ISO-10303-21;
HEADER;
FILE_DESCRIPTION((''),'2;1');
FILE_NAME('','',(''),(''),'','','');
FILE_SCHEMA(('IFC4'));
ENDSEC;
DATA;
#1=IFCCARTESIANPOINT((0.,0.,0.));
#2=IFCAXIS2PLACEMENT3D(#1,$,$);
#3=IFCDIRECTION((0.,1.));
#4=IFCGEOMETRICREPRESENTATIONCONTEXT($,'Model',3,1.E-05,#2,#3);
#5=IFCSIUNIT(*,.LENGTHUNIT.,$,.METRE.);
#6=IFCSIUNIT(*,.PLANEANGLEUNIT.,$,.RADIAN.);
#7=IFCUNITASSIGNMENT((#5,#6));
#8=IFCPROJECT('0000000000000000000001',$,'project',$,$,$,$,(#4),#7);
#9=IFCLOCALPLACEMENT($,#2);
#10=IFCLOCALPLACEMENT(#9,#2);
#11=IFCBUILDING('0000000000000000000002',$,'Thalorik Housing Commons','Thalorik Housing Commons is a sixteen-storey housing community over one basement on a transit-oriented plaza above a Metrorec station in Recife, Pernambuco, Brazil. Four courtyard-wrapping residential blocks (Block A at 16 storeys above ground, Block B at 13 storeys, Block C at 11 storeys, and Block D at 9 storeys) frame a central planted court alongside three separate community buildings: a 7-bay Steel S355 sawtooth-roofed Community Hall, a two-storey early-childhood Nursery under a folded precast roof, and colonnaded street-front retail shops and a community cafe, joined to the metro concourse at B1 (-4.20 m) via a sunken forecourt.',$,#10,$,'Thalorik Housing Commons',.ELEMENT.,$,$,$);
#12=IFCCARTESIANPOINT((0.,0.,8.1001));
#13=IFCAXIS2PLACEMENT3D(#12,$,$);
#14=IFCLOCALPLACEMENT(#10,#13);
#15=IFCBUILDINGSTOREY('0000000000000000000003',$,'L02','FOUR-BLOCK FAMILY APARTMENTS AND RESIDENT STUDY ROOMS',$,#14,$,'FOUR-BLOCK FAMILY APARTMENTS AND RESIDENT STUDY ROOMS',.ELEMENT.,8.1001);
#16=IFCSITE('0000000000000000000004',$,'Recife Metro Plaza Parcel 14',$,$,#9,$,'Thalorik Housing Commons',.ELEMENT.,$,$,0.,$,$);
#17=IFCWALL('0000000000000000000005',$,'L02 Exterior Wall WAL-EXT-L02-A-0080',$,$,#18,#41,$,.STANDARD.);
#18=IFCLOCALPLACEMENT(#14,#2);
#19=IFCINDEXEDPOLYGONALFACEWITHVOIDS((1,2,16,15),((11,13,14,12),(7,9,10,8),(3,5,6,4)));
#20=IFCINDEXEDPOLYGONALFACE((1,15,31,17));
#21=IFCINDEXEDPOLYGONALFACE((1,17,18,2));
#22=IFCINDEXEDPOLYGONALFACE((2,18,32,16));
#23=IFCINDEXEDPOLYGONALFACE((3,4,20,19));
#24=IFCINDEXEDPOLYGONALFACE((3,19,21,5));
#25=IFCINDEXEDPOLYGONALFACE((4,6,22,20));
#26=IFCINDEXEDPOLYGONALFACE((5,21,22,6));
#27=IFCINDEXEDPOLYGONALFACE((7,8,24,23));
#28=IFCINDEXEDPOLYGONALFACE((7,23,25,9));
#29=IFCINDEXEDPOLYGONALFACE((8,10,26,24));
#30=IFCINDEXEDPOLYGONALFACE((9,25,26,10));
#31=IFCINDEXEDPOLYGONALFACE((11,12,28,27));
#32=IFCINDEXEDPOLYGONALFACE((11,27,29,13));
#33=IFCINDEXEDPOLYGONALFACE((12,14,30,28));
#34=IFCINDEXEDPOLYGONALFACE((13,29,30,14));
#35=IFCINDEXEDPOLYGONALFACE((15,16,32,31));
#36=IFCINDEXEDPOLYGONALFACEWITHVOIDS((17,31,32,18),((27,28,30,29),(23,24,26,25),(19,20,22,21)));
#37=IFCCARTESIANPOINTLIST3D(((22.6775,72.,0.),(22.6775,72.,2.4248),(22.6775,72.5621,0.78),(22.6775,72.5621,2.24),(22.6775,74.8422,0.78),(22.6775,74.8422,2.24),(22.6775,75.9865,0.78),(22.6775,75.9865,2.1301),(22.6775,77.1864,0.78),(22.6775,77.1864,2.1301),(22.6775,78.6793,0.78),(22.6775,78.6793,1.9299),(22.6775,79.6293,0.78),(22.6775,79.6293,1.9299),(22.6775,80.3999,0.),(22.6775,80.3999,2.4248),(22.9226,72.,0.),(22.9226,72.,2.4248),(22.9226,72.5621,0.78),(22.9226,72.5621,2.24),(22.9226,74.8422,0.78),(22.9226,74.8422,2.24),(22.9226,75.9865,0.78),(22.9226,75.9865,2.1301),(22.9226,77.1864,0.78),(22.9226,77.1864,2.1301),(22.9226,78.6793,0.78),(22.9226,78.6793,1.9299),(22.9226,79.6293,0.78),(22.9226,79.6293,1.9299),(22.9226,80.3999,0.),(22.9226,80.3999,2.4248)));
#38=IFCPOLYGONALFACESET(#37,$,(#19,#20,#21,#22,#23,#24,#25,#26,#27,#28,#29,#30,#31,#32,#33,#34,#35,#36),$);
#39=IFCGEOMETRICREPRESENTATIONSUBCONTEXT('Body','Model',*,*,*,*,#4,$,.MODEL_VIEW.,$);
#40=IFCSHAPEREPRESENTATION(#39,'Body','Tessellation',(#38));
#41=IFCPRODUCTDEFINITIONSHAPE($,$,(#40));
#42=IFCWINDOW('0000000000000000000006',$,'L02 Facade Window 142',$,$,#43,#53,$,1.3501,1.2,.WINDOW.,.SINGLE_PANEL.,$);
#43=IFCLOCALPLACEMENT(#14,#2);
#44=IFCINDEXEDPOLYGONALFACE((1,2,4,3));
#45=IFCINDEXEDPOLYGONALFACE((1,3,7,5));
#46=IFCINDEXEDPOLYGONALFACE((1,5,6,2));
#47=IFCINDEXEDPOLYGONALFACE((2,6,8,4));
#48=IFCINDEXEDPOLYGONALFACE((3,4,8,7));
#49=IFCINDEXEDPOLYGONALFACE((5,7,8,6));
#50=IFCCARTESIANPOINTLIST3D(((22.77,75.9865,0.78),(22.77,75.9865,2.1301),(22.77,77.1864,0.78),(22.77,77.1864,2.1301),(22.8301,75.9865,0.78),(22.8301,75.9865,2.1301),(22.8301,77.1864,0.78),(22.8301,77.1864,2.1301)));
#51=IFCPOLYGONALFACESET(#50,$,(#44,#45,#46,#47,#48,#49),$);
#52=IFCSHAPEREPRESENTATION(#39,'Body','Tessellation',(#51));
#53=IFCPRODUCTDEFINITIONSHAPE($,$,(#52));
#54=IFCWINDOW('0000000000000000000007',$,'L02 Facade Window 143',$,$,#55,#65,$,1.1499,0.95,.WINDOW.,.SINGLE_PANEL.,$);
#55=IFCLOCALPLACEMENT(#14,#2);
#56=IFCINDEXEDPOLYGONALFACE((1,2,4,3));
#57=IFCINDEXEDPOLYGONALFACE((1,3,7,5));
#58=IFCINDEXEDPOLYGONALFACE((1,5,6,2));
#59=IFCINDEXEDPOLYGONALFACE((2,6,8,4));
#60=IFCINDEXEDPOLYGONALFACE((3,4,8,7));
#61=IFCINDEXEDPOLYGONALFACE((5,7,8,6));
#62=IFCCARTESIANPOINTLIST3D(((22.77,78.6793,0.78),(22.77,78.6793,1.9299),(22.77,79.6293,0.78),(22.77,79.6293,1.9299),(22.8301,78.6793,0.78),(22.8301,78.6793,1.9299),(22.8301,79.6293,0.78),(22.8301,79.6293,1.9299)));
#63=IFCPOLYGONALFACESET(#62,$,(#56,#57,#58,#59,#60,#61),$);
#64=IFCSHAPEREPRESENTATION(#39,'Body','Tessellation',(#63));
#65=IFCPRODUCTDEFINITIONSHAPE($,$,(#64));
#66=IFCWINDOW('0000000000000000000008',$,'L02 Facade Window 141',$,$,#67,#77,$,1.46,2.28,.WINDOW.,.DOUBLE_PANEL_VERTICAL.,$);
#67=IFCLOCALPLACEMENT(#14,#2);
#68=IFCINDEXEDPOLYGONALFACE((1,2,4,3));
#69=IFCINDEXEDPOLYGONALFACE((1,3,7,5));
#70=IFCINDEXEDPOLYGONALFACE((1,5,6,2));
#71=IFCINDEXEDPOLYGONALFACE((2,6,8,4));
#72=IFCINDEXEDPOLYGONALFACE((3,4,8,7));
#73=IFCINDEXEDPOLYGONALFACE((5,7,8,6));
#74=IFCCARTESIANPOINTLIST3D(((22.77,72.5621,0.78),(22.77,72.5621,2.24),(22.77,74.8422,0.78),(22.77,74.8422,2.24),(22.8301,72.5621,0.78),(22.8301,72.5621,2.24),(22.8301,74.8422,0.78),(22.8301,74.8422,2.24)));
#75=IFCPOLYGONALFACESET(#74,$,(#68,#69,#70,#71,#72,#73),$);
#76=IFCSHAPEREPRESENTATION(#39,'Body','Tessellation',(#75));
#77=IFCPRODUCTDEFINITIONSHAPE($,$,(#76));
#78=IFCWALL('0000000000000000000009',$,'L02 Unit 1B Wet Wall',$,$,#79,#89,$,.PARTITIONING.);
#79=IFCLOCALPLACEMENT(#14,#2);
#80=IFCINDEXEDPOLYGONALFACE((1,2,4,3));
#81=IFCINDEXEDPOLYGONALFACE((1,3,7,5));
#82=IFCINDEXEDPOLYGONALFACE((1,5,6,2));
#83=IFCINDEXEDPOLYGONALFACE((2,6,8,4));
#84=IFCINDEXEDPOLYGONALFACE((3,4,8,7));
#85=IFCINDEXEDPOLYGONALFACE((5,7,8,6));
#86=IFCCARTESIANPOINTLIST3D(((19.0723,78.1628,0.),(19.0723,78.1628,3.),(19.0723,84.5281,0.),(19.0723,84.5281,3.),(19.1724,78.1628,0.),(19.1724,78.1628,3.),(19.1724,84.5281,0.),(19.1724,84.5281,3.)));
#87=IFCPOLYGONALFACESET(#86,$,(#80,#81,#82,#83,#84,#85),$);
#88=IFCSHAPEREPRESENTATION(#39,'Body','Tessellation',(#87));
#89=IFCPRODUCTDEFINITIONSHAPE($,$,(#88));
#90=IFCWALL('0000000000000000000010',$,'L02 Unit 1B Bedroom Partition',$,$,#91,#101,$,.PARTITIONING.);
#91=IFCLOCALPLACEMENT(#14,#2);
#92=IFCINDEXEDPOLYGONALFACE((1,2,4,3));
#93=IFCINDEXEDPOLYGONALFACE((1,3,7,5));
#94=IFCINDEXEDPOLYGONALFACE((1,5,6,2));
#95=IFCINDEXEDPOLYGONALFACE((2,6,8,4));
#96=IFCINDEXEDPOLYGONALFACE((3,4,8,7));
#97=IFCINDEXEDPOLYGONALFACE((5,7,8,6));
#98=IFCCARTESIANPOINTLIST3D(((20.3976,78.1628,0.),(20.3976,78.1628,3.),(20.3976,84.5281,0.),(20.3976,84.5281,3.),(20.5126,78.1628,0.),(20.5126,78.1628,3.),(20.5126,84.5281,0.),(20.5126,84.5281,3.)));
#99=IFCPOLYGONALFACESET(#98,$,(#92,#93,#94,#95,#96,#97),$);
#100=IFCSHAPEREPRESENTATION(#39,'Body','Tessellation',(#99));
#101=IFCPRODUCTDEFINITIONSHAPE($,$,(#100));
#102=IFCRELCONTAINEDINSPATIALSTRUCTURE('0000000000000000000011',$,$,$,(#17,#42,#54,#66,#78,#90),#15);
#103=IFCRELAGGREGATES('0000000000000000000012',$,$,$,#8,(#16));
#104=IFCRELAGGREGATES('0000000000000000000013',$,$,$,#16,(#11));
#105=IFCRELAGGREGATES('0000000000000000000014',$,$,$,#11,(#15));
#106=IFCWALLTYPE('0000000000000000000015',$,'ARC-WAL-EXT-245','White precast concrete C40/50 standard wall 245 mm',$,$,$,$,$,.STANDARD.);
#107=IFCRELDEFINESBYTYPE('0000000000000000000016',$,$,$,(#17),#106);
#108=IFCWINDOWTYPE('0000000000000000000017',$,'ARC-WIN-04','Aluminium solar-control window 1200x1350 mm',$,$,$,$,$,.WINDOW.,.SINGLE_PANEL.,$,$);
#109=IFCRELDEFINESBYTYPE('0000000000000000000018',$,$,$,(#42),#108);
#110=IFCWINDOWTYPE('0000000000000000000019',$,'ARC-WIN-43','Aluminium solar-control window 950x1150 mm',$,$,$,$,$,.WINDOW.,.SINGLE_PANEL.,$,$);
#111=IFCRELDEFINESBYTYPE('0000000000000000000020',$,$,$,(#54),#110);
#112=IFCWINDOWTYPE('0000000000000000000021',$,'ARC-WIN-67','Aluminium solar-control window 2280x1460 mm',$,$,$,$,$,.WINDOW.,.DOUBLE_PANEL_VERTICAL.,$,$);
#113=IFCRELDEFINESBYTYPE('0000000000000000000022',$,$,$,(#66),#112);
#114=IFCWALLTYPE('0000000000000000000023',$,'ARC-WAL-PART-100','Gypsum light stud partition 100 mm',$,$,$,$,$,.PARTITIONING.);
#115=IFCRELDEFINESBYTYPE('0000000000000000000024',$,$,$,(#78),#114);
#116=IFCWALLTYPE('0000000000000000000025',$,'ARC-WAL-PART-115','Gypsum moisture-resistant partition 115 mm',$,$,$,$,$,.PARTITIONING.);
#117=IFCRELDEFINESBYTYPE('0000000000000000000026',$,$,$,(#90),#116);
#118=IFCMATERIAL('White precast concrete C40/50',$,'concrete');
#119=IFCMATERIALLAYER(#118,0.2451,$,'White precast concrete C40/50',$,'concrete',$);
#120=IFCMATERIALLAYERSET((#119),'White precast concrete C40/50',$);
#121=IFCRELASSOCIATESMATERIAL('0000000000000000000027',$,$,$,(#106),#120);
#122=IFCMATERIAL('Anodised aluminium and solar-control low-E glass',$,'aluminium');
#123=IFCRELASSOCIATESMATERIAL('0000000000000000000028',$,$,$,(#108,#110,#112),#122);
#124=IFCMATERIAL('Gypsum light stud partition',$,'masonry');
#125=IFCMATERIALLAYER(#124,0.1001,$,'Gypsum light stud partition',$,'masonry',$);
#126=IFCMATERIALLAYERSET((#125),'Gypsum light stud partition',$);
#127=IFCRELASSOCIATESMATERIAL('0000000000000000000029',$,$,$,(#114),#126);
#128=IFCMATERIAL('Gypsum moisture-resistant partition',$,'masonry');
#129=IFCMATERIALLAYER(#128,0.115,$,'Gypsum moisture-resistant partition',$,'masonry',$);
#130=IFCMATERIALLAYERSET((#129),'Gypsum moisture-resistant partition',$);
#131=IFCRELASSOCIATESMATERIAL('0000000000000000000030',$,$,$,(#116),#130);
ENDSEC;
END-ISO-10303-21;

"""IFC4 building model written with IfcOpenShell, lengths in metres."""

from ifc_helpers import new_model, si_unit, direction, frame, frame_2d, origin, place, context, subcontext, project, spatial, rectangle, extrude, material, layer, layer_set, type_object, element, fill, save


model = new_model("IFC4")

# Units and contexts
model_context = context("Model", 3, precision=1e-05, world=origin(), true_north=direction((0.0, 1.0)))
body_context = subcontext(model_context, "Body", "Model", "MODEL_VIEW")
ifc_project = project(units=[si_unit("LENGTHUNIT", "METRE"), si_unit("PLANEANGLEUNIT", "RADIAN")], contexts=[model_context])

# Site, building, storey
site_placement = place(None, origin())
site = spatial("IfcSite", under=ifc_project, at=site_placement, Name="Recife Metro Plaza Parcel 14", LongName="Thalorik Housing Commons", CompositionType="ELEMENT", RefElevation=0.0)
building_placement = place(site_placement, origin())
building = spatial("IfcBuilding", under=site, at=building_placement, Name="Thalorik Housing Commons", Description="Thalorik Housing Commons is a sixteen-storey housing community over one basement on a transit-oriented plaza above a Metrorec station in Recife, Pernambuco, Brazil. Four courtyard-wrapping residential blocks (Block A at 16 storeys above ground, Block B at 13 storeys, Block C at 11 storeys, and Block D at 9 storeys) frame a central planted court alongside three separate community buildings: a 7-bay Steel S355 sawtooth-roofed Community Hall, a two-storey early-childhood Nursery under a folded precast roof, and colonnaded street-front retail shops and a community cafe, joined to the metro concourse at B1 (-4.20 m) via a sunken forecourt.", LongName="Thalorik Housing Commons", CompositionType="ELEMENT")
storey_placement = place(building_placement, frame((0.0, 0.0, 8.1001)))
storey = spatial("IfcBuildingStorey", under=building, at=storey_placement, Name="L02", Description="FOUR-BLOCK FAMILY APARTMENTS AND RESIDENT STUDY ROOMS", LongName="FOUR-BLOCK FAMILY APARTMENTS AND RESIDENT STUDY ROOMS", CompositionType="ELEMENT", Elevation=8.1001)

# Wall, openings, windows
ifc_material_1 = material(Name="White precast concrete C40/50", Category="concrete")
ifc_layer_1 = layer(ifc_material_1, 0.2451, Name="White precast concrete C40/50", Category="concrete")
ifc_layer_set_1 = layer_set([ifc_layer_1], Name="White precast concrete C40/50")
wall_type_1 = type_object("IfcWallType", Name="ARC-WAL-EXT-245", Description="White precast concrete C40/50 standard wall 245 mm", PredefinedType="STANDARD", material=ifc_layer_set_1)
wall_1_placement = place(storey_placement, frame((22.8, 72.0, 0.0), z_axis=(0.0, 0.0, 1.0), x_axis=(0.0, 1.0, 0.0)))
wall_1 = element("IfcWall", 1, at=wall_1_placement, inside=storey, type_object=wall_type_1, Name="L02 Exterior Wall WAL-EXT-L02-A-0080", PredefinedType="STANDARD", context=body_context, shape_type="SweptSolid", body=[
    extrude(rectangle(XDim=8.3999, YDim=0.2451, at=frame_2d((4.2, 0.0))), origin(), (0.0, 0.0, 1.0), 2.4248),
])
opening_1_placement = place(wall_1_placement, frame((0.562, 0.0, 0.78)))
opening_1 = element("IfcOpeningElement", 2, at=opening_1_placement, cuts=wall_1, PredefinedType="OPENING", context=body_context, shape_type="SweptSolid", body=[
    extrude(rectangle(XDim=2.28, YDim=1.46, at=frame_2d((1.1401, 0.73))), frame((0.0, 0.1326, 0.0), z_axis=(0.0, -1.0, 0.0), x_axis=(1.0, 0.0, 0.0)), (0.0, 0.0, 1.0), 0.2651),
])
opening_2_placement = place(wall_1_placement, frame((3.9863, 0.0, 0.78)))
opening_2 = element("IfcOpeningElement", 3, at=opening_2_placement, cuts=wall_1, PredefinedType="OPENING", context=body_context, shape_type="SweptSolid", body=[
    extrude(rectangle(XDim=1.2, YDim=1.3501, at=frame_2d((0.6001, 0.675))), frame((0.0, 0.1326, 0.0), z_axis=(0.0, -1.0, 0.0), x_axis=(1.0, 0.0, 0.0)), (0.0, 0.0, 1.0), 0.2651),
])
opening_3_placement = place(wall_1_placement, frame((6.6792, 0.0, 0.78)))
opening_3 = element("IfcOpeningElement", 4, at=opening_3_placement, cuts=wall_1, PredefinedType="OPENING", context=body_context, shape_type="SweptSolid", body=[
    extrude(rectangle(XDim=0.95, YDim=1.1499, at=frame_2d((0.4751, 0.575))), frame((0.0, 0.1326, 0.0), z_axis=(0.0, -1.0, 0.0), x_axis=(1.0, 0.0, 0.0)), (0.0, 0.0, 1.0), 0.2651),
])
ifc_material_2 = material(Name="Anodised aluminium and solar-control low-E glass", Category="aluminium")
window_type_1 = type_object("IfcWindowType", Name="ARC-WIN-04", Description="Aluminium solar-control window 1200x1350 mm", PartitioningType="SINGLE_PANEL", PredefinedType="WINDOW", material=ifc_material_2)
window_1_placement = place(opening_2_placement, origin())
window_1 = element("IfcWindow", 5, at=window_1_placement, inside=storey, type_object=window_type_1, Name="L02 Facade Window 142", OverallHeight=1.3501, OverallWidth=1.2, PartitioningType="SINGLE_PANEL", PredefinedType="WINDOW", context=body_context, shape_type="SweptSolid", body=[
    extrude(rectangle(XDim=1.2, YDim=1.3501, at=frame_2d((0.6001, 0.675))), frame((0.0, 0.03, 0.0), z_axis=(0.0, -1.0, 0.0), x_axis=(1.0, 0.0, 0.0)), (0.0, 0.0, 1.0), 0.0601),
])
fill(opening_2, window_1)
window_type_2 = type_object("IfcWindowType", Name="ARC-WIN-43", Description="Aluminium solar-control window 950x1150 mm", PartitioningType="SINGLE_PANEL", PredefinedType="WINDOW", material=ifc_material_2)
window_2_placement = place(opening_3_placement, origin())
window_2 = element("IfcWindow", 6, at=window_2_placement, inside=storey, type_object=window_type_2, Name="L02 Facade Window 143", OverallHeight=1.1499, OverallWidth=0.95, PartitioningType="SINGLE_PANEL", PredefinedType="WINDOW", context=body_context, shape_type="SweptSolid", body=[
    extrude(rectangle(XDim=0.95, YDim=1.1499, at=frame_2d((0.4751, 0.575))), frame((0.0, 0.03, 0.0), z_axis=(0.0, -1.0, 0.0), x_axis=(1.0, 0.0, 0.0)), (0.0, 0.0, 1.0), 0.0601),
])
fill(opening_3, window_2)
window_type_3 = type_object("IfcWindowType", Name="ARC-WIN-67", Description="Aluminium solar-control window 2280x1460 mm", PartitioningType="DOUBLE_PANEL_VERTICAL", PredefinedType="WINDOW", material=ifc_material_2)
window_3_placement = place(opening_1_placement, origin())
window_3 = element("IfcWindow", 7, at=window_3_placement, inside=storey, type_object=window_type_3, Name="L02 Facade Window 141", OverallHeight=1.46, OverallWidth=2.28, PartitioningType="DOUBLE_PANEL_VERTICAL", PredefinedType="WINDOW", context=body_context, shape_type="SweptSolid", body=[
    extrude(rectangle(XDim=2.28, YDim=1.46, at=frame_2d((1.1401, 0.73))), frame((0.0, 0.03, 0.0), z_axis=(0.0, -1.0, 0.0), x_axis=(1.0, 0.0, 0.0)), (0.0, 0.0, 1.0), 0.0601),
])
fill(opening_1, window_3)

# Walls
ifc_material_3 = material(Name="Gypsum light stud partition", Category="masonry")
ifc_layer_2 = layer(ifc_material_3, 0.1001, Name="Gypsum light stud partition", Category="masonry")
ifc_layer_set_2 = layer_set([ifc_layer_2], Name="Gypsum light stud partition")
wall_type_2 = type_object("IfcWallType", Name="ARC-WAL-PART-100", Description="Gypsum light stud partition 100 mm", PredefinedType="PARTITIONING", material=ifc_layer_set_2)
wall_2_placement = place(storey_placement, frame((19.1223, 78.1628, 0.0), z_axis=(0.0, 0.0, 1.0), x_axis=(0.0, 1.0, 0.0)))
element("IfcWall", 8, at=wall_2_placement, inside=storey, type_object=wall_type_2, Name="L02 Unit 1B Wet Wall", PredefinedType="PARTITIONING", context=body_context, shape_type="SweptSolid", body=[
    extrude(rectangle(XDim=6.3652, YDim=0.1001, at=frame_2d((3.1826, 0.0))), origin(), (0.0, 0.0, 1.0), 3.0),
])
ifc_material_4 = material(Name="Gypsum moisture-resistant partition", Category="masonry")
ifc_layer_3 = layer(ifc_material_4, 0.115, Name="Gypsum moisture-resistant partition", Category="masonry")
ifc_layer_set_3 = layer_set([ifc_layer_3], Name="Gypsum moisture-resistant partition")
wall_type_3 = type_object("IfcWallType", Name="ARC-WAL-PART-115", Description="Gypsum moisture-resistant partition 115 mm", PredefinedType="PARTITIONING", material=ifc_layer_set_3)
wall_3_placement = place(storey_placement, frame((20.4551, 78.1628, 0.0), z_axis=(0.0, 0.0, 1.0), x_axis=(0.0, 1.0, 0.0)))
element("IfcWall", 9, at=wall_3_placement, inside=storey, type_object=wall_type_3, Name="L02 Unit 1B Bedroom Partition", PredefinedType="PARTITIONING", context=body_context, shape_type="SweptSolid", body=[
    extrude(rectangle(XDim=6.3652, YDim=0.115, at=frame_2d((3.1826, 0.0))), origin(), (0.0, 0.0, 1.0), 3.0),
])

save(model, "model.ifc")
